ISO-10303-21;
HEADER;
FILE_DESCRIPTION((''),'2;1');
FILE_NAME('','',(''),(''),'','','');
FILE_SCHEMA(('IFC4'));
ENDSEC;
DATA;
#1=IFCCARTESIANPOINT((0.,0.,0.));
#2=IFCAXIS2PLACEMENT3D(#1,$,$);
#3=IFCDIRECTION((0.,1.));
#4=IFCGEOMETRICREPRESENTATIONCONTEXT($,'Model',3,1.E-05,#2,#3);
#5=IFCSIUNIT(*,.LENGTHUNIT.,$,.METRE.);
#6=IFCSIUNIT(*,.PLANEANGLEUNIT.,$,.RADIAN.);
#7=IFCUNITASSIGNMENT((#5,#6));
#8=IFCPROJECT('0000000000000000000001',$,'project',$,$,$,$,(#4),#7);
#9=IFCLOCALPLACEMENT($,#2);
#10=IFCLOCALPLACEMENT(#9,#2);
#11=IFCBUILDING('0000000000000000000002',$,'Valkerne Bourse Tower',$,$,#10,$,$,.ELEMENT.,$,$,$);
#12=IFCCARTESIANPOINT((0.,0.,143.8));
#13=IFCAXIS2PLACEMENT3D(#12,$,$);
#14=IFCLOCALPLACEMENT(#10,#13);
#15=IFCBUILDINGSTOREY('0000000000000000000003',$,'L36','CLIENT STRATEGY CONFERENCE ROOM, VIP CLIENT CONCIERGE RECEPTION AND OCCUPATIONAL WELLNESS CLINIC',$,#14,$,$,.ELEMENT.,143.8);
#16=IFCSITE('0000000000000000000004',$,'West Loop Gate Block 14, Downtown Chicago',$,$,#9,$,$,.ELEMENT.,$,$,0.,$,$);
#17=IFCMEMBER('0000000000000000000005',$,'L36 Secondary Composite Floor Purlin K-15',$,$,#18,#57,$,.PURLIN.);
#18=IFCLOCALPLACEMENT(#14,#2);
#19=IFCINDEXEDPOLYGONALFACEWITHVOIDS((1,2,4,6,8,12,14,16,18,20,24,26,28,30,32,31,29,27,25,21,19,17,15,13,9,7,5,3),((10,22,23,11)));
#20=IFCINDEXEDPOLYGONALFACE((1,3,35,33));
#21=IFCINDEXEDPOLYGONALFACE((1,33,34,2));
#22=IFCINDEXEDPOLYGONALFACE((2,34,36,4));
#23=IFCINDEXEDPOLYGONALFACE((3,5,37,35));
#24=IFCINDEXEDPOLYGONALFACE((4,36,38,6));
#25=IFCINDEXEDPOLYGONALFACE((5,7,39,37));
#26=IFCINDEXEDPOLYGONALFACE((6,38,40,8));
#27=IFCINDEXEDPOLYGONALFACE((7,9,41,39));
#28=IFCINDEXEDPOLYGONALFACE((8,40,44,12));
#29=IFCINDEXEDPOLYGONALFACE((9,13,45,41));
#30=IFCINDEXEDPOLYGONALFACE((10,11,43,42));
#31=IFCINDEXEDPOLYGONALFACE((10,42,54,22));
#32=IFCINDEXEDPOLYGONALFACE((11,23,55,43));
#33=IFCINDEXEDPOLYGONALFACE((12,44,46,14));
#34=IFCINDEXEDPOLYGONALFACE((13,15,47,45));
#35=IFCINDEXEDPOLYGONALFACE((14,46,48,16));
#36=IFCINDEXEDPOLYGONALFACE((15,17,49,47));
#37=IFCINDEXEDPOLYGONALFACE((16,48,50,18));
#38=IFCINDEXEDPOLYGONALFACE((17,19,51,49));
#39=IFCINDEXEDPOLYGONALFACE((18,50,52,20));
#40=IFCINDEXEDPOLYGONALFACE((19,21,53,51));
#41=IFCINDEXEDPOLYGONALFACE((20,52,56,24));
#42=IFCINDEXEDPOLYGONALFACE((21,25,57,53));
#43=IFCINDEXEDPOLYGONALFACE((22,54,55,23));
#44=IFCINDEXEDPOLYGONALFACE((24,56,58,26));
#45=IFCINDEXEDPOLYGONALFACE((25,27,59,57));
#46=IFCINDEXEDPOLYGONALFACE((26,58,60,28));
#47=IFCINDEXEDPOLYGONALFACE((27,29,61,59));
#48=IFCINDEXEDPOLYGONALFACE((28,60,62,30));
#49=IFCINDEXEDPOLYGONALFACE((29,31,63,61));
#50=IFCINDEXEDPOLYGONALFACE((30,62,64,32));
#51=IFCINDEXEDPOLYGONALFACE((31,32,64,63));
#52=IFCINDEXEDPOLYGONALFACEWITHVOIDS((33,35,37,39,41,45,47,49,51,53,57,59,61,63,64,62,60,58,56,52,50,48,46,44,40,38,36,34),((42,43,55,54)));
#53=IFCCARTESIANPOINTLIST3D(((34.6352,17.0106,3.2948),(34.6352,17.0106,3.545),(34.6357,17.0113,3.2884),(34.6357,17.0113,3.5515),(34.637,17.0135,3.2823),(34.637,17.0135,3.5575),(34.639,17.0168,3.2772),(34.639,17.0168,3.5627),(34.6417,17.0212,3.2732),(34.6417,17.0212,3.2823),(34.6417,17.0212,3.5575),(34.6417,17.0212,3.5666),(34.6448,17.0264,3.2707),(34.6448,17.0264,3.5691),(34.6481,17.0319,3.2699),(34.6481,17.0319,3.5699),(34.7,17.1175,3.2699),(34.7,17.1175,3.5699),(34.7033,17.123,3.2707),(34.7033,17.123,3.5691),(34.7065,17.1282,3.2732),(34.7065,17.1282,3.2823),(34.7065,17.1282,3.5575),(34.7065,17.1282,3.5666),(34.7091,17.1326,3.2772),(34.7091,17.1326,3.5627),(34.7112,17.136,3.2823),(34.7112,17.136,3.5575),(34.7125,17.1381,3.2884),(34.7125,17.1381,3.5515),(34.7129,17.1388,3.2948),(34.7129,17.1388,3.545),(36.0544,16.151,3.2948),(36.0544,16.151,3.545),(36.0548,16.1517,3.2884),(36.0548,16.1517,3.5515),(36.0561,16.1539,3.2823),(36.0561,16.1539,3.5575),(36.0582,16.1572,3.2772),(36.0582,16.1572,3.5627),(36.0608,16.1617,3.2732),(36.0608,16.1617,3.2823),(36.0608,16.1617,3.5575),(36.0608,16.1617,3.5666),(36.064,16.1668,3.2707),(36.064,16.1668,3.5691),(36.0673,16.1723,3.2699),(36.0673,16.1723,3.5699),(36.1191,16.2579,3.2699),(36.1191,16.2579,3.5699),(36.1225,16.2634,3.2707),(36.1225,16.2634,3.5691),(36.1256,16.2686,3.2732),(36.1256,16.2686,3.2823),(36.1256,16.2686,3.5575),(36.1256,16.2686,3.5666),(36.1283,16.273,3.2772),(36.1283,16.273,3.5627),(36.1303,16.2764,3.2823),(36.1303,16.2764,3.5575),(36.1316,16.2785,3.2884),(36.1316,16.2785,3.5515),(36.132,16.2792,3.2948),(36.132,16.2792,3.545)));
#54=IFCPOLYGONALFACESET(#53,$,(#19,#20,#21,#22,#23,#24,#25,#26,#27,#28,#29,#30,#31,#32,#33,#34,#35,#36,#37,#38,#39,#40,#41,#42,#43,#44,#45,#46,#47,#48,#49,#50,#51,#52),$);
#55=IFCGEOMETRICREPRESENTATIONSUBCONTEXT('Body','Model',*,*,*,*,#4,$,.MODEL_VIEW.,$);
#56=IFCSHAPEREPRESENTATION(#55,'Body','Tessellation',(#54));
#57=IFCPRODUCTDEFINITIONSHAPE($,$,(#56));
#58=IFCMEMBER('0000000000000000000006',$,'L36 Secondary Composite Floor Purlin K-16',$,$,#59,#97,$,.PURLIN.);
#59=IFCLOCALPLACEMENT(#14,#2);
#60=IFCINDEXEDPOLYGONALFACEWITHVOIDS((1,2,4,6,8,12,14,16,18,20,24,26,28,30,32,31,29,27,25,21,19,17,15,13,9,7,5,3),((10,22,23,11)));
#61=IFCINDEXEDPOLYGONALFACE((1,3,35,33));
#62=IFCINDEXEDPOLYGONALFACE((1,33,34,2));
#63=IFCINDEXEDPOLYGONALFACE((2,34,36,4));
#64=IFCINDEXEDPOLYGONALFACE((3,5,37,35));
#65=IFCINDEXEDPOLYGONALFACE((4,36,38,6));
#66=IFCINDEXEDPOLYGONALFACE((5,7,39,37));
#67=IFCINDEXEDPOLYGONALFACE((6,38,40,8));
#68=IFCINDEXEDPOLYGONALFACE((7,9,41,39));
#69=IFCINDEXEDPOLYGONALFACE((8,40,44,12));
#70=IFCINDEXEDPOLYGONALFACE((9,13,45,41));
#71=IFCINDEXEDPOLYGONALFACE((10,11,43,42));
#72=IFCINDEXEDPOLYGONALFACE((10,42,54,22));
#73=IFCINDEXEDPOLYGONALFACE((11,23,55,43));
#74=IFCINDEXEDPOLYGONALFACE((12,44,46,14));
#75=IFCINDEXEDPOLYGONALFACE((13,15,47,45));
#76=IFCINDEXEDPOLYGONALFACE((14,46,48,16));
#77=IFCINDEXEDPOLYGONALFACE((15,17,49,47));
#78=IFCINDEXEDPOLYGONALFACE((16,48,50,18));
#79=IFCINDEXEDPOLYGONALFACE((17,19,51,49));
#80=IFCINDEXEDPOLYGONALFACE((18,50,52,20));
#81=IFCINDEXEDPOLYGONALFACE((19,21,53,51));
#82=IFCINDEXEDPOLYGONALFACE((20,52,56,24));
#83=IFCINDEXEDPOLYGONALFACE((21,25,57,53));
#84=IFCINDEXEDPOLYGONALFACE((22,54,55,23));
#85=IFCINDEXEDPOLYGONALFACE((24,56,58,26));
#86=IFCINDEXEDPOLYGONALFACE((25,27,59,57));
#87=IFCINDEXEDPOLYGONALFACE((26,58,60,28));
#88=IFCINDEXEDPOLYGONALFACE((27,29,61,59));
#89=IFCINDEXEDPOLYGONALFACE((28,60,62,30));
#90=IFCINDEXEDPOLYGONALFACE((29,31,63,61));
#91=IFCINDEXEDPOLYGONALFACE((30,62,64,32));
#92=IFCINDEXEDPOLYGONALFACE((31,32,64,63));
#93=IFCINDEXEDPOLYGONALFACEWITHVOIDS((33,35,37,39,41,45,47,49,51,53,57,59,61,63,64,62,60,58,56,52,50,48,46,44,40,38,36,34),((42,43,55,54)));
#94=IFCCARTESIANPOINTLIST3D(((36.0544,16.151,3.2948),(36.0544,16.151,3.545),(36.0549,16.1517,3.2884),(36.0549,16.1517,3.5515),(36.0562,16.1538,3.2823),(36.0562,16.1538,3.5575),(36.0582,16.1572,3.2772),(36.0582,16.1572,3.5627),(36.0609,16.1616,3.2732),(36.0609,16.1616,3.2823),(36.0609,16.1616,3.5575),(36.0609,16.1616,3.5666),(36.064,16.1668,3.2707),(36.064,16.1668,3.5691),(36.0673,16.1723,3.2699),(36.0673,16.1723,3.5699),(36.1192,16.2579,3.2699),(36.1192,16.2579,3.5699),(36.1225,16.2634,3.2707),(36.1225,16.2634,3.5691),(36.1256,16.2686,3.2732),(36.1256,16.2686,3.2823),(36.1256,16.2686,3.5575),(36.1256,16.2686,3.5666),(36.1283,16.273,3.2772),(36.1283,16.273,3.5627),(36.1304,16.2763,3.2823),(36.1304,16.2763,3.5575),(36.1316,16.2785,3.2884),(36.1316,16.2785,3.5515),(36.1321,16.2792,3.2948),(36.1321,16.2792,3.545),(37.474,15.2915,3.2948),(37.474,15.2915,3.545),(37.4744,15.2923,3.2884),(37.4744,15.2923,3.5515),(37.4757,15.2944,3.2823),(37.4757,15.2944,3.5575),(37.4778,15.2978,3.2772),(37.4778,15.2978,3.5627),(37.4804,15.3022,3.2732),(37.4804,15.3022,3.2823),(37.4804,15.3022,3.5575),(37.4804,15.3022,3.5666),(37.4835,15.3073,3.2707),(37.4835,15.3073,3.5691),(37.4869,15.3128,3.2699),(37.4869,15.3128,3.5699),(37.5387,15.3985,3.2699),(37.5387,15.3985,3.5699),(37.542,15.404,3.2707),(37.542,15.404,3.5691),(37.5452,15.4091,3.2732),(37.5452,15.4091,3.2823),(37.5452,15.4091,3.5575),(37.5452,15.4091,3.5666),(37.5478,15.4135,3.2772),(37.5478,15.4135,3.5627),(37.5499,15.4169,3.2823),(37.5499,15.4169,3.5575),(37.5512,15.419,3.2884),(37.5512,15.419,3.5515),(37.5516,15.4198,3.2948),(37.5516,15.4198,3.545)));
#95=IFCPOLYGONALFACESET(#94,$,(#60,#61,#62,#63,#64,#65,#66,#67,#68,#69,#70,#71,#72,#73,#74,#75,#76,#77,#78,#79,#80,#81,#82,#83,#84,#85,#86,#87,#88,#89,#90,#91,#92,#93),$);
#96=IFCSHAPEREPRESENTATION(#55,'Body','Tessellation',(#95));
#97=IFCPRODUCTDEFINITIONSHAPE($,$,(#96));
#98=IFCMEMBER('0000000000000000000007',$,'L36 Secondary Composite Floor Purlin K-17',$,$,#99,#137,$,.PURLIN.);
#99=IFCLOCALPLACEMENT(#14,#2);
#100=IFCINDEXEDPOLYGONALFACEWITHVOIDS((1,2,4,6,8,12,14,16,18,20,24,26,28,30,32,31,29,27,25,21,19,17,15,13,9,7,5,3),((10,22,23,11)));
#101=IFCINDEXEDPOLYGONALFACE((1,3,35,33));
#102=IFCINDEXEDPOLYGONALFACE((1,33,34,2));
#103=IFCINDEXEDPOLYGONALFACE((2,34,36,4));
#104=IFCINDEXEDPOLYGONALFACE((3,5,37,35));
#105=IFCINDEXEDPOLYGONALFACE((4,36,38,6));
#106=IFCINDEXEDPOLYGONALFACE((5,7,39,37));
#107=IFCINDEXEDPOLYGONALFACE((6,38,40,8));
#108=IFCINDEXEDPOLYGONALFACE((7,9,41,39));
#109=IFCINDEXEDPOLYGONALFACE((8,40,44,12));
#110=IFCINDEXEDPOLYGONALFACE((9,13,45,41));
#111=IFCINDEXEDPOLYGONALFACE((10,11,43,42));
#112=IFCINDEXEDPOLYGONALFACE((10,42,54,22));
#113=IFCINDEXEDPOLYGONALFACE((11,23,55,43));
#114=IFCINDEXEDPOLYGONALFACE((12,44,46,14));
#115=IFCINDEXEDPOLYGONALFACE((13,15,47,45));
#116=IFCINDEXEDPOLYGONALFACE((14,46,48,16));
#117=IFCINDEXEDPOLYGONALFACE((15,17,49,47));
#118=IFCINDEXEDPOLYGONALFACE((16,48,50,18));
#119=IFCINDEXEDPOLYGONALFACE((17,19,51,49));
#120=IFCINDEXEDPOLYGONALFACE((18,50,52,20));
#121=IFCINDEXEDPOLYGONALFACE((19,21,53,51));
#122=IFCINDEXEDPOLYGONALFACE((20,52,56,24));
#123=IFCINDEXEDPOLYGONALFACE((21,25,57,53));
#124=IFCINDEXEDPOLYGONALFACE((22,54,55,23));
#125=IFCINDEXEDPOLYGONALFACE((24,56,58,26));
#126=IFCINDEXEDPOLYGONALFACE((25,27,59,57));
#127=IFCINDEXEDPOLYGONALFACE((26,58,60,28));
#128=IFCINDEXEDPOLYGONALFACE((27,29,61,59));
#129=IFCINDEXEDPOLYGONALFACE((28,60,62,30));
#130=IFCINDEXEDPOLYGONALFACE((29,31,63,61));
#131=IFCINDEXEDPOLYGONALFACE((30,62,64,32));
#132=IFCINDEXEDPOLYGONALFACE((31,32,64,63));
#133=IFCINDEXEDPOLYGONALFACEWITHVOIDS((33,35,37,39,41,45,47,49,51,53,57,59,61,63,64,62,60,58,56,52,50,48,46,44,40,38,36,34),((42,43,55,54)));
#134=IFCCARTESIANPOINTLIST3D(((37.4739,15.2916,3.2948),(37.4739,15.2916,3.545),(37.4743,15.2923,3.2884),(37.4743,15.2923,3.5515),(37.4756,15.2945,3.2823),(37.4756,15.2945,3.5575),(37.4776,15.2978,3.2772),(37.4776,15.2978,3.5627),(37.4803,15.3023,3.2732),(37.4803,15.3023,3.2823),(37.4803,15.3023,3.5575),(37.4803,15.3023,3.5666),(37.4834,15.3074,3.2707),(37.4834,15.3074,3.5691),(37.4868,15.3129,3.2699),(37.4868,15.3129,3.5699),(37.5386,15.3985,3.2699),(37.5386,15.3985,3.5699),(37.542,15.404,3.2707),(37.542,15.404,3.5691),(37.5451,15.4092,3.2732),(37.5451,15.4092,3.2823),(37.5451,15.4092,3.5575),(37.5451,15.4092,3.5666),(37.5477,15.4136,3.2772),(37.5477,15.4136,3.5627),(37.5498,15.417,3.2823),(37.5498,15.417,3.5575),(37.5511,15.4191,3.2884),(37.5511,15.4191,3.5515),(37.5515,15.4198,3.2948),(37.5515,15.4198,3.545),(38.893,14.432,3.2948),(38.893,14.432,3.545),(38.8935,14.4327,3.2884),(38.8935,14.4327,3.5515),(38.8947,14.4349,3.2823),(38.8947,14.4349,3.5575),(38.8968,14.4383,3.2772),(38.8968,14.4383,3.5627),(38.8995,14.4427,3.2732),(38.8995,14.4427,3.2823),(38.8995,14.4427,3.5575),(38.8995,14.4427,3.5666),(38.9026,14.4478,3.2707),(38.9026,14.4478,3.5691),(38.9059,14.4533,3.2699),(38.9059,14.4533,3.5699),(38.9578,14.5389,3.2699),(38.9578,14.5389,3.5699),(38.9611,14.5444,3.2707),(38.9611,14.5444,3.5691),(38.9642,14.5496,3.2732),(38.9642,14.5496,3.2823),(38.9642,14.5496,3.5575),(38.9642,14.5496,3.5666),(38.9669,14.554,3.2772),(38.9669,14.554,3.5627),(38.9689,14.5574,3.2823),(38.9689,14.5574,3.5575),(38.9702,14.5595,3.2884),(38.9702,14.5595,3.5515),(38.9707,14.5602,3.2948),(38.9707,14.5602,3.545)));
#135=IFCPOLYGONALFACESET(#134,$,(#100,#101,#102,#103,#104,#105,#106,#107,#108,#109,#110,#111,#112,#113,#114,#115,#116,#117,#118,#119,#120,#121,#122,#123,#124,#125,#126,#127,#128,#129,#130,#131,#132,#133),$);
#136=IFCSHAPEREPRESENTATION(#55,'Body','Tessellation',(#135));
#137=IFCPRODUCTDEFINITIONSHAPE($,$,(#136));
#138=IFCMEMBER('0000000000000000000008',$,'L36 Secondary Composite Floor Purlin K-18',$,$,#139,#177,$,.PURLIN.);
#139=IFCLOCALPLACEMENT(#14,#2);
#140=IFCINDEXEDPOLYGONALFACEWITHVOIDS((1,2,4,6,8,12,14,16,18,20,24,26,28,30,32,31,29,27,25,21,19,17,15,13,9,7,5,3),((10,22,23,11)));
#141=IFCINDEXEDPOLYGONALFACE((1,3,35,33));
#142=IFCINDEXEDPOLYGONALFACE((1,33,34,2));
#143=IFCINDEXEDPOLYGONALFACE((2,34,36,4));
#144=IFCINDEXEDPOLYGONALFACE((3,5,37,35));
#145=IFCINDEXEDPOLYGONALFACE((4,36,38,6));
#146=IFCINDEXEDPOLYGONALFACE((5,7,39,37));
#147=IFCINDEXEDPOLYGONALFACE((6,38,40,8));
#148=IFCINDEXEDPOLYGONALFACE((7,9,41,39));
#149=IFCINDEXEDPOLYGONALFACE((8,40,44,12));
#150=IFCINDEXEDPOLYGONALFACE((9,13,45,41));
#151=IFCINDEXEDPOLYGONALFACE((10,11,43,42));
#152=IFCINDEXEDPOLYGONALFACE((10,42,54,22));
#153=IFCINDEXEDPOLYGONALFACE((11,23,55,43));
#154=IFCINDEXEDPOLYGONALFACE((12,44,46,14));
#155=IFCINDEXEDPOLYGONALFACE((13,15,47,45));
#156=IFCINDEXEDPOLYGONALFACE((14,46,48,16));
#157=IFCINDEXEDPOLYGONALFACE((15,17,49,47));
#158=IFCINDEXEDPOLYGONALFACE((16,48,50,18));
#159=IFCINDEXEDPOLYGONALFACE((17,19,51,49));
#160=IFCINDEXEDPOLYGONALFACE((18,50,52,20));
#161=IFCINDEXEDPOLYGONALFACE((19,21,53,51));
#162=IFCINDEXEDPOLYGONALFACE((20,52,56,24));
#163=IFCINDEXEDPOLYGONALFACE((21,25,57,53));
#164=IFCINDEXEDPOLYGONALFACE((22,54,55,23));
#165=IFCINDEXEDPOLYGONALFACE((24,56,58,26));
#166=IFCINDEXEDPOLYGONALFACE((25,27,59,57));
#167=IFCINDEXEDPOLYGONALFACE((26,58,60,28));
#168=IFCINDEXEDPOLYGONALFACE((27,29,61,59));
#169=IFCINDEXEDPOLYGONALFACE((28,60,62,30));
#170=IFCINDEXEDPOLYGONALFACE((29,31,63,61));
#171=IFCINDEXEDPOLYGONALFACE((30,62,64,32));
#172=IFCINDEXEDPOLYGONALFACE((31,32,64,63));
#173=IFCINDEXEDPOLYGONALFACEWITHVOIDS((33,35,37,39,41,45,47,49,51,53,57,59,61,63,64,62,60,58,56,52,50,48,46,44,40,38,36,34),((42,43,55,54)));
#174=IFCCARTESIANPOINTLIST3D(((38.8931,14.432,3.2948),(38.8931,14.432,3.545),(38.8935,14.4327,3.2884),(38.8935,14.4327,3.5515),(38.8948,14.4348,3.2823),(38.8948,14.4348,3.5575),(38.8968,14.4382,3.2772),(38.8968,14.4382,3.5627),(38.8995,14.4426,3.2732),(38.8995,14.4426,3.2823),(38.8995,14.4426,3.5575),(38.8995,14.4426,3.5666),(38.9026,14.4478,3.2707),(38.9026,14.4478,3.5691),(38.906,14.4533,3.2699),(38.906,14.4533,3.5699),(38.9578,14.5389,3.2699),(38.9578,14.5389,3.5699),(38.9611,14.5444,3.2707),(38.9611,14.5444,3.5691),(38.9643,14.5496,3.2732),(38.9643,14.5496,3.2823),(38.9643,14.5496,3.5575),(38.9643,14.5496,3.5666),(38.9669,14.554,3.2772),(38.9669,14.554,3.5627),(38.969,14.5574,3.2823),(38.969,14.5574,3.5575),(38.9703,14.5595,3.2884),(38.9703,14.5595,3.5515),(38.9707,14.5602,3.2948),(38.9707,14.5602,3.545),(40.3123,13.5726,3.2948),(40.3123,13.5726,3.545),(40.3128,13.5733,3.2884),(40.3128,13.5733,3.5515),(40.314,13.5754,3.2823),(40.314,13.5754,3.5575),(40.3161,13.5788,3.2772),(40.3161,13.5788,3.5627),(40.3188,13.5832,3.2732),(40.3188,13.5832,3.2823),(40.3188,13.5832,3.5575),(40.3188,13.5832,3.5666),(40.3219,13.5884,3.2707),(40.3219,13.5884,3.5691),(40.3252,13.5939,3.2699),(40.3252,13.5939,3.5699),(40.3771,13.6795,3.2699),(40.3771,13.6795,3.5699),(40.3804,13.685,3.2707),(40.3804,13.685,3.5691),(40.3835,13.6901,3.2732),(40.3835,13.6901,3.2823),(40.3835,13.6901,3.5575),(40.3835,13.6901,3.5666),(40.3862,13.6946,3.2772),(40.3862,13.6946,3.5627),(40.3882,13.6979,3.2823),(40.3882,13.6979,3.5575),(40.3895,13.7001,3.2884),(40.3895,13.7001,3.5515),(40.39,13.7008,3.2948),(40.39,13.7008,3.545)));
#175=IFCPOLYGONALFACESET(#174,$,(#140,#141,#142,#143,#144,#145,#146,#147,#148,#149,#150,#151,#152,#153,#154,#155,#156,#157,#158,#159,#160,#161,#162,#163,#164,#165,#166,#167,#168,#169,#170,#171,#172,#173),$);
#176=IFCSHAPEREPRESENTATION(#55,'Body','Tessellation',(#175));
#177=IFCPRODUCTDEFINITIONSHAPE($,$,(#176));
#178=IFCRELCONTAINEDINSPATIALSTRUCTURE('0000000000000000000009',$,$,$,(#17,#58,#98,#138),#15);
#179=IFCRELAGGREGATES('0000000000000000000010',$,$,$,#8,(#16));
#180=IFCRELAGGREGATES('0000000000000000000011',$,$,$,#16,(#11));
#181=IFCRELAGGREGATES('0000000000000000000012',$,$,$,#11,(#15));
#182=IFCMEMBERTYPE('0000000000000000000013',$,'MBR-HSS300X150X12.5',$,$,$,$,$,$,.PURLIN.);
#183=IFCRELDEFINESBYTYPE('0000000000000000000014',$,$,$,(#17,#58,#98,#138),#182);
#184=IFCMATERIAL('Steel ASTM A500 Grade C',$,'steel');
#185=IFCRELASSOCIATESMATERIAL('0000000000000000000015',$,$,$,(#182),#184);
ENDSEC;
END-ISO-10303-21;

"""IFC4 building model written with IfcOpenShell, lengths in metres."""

from ifc_helpers import new_model, si_unit, direction, frame, origin, origin_2d, place, context, subcontext, project, spatial, hollow_rectangle, extrude, material, material_profile, profile_set, type_object, element, save


model = new_model("IFC4")

# Units and contexts
model_context = context("Model", 3, precision=1e-05, world=origin(), true_north=direction((0.0, 1.0)))
body_context = subcontext(model_context, "Body", "Model", "MODEL_VIEW")
ifc_project = project(units=[si_unit("LENGTHUNIT", "METRE"), si_unit("PLANEANGLEUNIT", "RADIAN")], contexts=[model_context])

# Site, building, storey
site_placement = place(None, origin())
site = spatial("IfcSite", under=ifc_project, at=site_placement, Name="West Loop Gate Block 14, Downtown Chicago", CompositionType="ELEMENT", RefElevation=0.0)
building_placement = place(site_placement, origin())
building = spatial("IfcBuilding", under=site, at=building_placement, Name="Valkerne Bourse Tower", CompositionType="ELEMENT")
storey_placement = place(building_placement, frame((0.0, 0.0, 143.8)))
storey = spatial("IfcBuildingStorey", under=building, at=storey_placement, Name="L36", Description="CLIENT STRATEGY CONFERENCE ROOM, VIP CLIENT CONCIERGE RECEPTION AND OCCUPATIONAL WELLNESS CLINIC", CompositionType="ELEMENT", Elevation=143.8)

# Members
ifc_material_1 = material(Name="Steel ASTM A500 Grade C", Category="steel")
ifc_material_profile_1 = material_profile(ifc_material_1, hollow_rectangle(XDim=0.1499, YDim=0.3, WallThickness=0.0125, OuterFilletRadius=0.0249, at=origin_2d()), Name="HSS300X150X12.5")
ifc_profile_set_1 = profile_set([ifc_material_profile_1], Name="Steel ASTM A500 Grade C")
member_type_1 = type_object("IfcMemberType", Name="MBR-HSS300X150X12.5", PredefinedType="PURLIN", material=ifc_profile_set_1)
member_1_placement = place(storey_placement, frame((34.6741, 17.0747, 3.4199), z_axis=(0.85533, -0.518083, 0.0), x_axis=(0.518083, 0.85533, 0.0)))
element("IfcMember", 1, at=member_1_placement, inside=storey, type_object=member_type_1, Name="L36 Secondary Composite Floor Purlin K-15", PredefinedType="PURLIN", context=body_context, shape_type="SweptSolid", body=[
    extrude(hollow_rectangle(XDim=0.1499, YDim=0.3, WallThickness=0.0125, OuterFilletRadius=0.0249, at=origin_2d()), origin(), (0.0, 0.0, 1.0), 1.6592),
])
member_2_placement = place(storey_placement, frame((36.0933, 16.2151, 3.4199), z_axis=(0.855435, -0.51791, 0.0), x_axis=(0.51791, 0.855435, 0.0)))
element("IfcMember", 2, at=member_2_placement, inside=storey, type_object=member_type_1, Name="L36 Secondary Composite Floor Purlin K-16", PredefinedType="PURLIN", context=body_context, shape_type="SweptSolid", body=[
    extrude(hollow_rectangle(XDim=0.1499, YDim=0.3, WallThickness=0.0125, OuterFilletRadius=0.0249, at=origin_2d()), origin(), (0.0, 0.0, 1.0), 1.6594),
])
for number, where, z_axis, x_axis, name in (
    (3, (37.5127, 15.3557, 3.4199), (0.85533, -0.518083, 0.0), (0.518083, 0.85533, 0.0), "L36 Secondary Composite Floor Purlin K-17"),
    (4, (38.9319, 14.4961, 3.4199), (0.855395, -0.517976, 0.0), (0.517976, 0.855395, 0.0), "L36 Secondary Composite Floor Purlin K-18"),
):
    element("IfcMember", number, at=place(storey_placement, frame(where, z_axis=z_axis, x_axis=x_axis)), inside=storey, type_object=member_type_1, Name=name, PredefinedType="PURLIN", context=body_context, shape_type="SweptSolid", body=[
        extrude(hollow_rectangle(XDim=0.1499, YDim=0.3, WallThickness=0.0125, OuterFilletRadius=0.0249, at=origin_2d()), origin(), (0.0, 0.0, 1.0), 1.6592),
    ])

save(model, "model.ifc")
